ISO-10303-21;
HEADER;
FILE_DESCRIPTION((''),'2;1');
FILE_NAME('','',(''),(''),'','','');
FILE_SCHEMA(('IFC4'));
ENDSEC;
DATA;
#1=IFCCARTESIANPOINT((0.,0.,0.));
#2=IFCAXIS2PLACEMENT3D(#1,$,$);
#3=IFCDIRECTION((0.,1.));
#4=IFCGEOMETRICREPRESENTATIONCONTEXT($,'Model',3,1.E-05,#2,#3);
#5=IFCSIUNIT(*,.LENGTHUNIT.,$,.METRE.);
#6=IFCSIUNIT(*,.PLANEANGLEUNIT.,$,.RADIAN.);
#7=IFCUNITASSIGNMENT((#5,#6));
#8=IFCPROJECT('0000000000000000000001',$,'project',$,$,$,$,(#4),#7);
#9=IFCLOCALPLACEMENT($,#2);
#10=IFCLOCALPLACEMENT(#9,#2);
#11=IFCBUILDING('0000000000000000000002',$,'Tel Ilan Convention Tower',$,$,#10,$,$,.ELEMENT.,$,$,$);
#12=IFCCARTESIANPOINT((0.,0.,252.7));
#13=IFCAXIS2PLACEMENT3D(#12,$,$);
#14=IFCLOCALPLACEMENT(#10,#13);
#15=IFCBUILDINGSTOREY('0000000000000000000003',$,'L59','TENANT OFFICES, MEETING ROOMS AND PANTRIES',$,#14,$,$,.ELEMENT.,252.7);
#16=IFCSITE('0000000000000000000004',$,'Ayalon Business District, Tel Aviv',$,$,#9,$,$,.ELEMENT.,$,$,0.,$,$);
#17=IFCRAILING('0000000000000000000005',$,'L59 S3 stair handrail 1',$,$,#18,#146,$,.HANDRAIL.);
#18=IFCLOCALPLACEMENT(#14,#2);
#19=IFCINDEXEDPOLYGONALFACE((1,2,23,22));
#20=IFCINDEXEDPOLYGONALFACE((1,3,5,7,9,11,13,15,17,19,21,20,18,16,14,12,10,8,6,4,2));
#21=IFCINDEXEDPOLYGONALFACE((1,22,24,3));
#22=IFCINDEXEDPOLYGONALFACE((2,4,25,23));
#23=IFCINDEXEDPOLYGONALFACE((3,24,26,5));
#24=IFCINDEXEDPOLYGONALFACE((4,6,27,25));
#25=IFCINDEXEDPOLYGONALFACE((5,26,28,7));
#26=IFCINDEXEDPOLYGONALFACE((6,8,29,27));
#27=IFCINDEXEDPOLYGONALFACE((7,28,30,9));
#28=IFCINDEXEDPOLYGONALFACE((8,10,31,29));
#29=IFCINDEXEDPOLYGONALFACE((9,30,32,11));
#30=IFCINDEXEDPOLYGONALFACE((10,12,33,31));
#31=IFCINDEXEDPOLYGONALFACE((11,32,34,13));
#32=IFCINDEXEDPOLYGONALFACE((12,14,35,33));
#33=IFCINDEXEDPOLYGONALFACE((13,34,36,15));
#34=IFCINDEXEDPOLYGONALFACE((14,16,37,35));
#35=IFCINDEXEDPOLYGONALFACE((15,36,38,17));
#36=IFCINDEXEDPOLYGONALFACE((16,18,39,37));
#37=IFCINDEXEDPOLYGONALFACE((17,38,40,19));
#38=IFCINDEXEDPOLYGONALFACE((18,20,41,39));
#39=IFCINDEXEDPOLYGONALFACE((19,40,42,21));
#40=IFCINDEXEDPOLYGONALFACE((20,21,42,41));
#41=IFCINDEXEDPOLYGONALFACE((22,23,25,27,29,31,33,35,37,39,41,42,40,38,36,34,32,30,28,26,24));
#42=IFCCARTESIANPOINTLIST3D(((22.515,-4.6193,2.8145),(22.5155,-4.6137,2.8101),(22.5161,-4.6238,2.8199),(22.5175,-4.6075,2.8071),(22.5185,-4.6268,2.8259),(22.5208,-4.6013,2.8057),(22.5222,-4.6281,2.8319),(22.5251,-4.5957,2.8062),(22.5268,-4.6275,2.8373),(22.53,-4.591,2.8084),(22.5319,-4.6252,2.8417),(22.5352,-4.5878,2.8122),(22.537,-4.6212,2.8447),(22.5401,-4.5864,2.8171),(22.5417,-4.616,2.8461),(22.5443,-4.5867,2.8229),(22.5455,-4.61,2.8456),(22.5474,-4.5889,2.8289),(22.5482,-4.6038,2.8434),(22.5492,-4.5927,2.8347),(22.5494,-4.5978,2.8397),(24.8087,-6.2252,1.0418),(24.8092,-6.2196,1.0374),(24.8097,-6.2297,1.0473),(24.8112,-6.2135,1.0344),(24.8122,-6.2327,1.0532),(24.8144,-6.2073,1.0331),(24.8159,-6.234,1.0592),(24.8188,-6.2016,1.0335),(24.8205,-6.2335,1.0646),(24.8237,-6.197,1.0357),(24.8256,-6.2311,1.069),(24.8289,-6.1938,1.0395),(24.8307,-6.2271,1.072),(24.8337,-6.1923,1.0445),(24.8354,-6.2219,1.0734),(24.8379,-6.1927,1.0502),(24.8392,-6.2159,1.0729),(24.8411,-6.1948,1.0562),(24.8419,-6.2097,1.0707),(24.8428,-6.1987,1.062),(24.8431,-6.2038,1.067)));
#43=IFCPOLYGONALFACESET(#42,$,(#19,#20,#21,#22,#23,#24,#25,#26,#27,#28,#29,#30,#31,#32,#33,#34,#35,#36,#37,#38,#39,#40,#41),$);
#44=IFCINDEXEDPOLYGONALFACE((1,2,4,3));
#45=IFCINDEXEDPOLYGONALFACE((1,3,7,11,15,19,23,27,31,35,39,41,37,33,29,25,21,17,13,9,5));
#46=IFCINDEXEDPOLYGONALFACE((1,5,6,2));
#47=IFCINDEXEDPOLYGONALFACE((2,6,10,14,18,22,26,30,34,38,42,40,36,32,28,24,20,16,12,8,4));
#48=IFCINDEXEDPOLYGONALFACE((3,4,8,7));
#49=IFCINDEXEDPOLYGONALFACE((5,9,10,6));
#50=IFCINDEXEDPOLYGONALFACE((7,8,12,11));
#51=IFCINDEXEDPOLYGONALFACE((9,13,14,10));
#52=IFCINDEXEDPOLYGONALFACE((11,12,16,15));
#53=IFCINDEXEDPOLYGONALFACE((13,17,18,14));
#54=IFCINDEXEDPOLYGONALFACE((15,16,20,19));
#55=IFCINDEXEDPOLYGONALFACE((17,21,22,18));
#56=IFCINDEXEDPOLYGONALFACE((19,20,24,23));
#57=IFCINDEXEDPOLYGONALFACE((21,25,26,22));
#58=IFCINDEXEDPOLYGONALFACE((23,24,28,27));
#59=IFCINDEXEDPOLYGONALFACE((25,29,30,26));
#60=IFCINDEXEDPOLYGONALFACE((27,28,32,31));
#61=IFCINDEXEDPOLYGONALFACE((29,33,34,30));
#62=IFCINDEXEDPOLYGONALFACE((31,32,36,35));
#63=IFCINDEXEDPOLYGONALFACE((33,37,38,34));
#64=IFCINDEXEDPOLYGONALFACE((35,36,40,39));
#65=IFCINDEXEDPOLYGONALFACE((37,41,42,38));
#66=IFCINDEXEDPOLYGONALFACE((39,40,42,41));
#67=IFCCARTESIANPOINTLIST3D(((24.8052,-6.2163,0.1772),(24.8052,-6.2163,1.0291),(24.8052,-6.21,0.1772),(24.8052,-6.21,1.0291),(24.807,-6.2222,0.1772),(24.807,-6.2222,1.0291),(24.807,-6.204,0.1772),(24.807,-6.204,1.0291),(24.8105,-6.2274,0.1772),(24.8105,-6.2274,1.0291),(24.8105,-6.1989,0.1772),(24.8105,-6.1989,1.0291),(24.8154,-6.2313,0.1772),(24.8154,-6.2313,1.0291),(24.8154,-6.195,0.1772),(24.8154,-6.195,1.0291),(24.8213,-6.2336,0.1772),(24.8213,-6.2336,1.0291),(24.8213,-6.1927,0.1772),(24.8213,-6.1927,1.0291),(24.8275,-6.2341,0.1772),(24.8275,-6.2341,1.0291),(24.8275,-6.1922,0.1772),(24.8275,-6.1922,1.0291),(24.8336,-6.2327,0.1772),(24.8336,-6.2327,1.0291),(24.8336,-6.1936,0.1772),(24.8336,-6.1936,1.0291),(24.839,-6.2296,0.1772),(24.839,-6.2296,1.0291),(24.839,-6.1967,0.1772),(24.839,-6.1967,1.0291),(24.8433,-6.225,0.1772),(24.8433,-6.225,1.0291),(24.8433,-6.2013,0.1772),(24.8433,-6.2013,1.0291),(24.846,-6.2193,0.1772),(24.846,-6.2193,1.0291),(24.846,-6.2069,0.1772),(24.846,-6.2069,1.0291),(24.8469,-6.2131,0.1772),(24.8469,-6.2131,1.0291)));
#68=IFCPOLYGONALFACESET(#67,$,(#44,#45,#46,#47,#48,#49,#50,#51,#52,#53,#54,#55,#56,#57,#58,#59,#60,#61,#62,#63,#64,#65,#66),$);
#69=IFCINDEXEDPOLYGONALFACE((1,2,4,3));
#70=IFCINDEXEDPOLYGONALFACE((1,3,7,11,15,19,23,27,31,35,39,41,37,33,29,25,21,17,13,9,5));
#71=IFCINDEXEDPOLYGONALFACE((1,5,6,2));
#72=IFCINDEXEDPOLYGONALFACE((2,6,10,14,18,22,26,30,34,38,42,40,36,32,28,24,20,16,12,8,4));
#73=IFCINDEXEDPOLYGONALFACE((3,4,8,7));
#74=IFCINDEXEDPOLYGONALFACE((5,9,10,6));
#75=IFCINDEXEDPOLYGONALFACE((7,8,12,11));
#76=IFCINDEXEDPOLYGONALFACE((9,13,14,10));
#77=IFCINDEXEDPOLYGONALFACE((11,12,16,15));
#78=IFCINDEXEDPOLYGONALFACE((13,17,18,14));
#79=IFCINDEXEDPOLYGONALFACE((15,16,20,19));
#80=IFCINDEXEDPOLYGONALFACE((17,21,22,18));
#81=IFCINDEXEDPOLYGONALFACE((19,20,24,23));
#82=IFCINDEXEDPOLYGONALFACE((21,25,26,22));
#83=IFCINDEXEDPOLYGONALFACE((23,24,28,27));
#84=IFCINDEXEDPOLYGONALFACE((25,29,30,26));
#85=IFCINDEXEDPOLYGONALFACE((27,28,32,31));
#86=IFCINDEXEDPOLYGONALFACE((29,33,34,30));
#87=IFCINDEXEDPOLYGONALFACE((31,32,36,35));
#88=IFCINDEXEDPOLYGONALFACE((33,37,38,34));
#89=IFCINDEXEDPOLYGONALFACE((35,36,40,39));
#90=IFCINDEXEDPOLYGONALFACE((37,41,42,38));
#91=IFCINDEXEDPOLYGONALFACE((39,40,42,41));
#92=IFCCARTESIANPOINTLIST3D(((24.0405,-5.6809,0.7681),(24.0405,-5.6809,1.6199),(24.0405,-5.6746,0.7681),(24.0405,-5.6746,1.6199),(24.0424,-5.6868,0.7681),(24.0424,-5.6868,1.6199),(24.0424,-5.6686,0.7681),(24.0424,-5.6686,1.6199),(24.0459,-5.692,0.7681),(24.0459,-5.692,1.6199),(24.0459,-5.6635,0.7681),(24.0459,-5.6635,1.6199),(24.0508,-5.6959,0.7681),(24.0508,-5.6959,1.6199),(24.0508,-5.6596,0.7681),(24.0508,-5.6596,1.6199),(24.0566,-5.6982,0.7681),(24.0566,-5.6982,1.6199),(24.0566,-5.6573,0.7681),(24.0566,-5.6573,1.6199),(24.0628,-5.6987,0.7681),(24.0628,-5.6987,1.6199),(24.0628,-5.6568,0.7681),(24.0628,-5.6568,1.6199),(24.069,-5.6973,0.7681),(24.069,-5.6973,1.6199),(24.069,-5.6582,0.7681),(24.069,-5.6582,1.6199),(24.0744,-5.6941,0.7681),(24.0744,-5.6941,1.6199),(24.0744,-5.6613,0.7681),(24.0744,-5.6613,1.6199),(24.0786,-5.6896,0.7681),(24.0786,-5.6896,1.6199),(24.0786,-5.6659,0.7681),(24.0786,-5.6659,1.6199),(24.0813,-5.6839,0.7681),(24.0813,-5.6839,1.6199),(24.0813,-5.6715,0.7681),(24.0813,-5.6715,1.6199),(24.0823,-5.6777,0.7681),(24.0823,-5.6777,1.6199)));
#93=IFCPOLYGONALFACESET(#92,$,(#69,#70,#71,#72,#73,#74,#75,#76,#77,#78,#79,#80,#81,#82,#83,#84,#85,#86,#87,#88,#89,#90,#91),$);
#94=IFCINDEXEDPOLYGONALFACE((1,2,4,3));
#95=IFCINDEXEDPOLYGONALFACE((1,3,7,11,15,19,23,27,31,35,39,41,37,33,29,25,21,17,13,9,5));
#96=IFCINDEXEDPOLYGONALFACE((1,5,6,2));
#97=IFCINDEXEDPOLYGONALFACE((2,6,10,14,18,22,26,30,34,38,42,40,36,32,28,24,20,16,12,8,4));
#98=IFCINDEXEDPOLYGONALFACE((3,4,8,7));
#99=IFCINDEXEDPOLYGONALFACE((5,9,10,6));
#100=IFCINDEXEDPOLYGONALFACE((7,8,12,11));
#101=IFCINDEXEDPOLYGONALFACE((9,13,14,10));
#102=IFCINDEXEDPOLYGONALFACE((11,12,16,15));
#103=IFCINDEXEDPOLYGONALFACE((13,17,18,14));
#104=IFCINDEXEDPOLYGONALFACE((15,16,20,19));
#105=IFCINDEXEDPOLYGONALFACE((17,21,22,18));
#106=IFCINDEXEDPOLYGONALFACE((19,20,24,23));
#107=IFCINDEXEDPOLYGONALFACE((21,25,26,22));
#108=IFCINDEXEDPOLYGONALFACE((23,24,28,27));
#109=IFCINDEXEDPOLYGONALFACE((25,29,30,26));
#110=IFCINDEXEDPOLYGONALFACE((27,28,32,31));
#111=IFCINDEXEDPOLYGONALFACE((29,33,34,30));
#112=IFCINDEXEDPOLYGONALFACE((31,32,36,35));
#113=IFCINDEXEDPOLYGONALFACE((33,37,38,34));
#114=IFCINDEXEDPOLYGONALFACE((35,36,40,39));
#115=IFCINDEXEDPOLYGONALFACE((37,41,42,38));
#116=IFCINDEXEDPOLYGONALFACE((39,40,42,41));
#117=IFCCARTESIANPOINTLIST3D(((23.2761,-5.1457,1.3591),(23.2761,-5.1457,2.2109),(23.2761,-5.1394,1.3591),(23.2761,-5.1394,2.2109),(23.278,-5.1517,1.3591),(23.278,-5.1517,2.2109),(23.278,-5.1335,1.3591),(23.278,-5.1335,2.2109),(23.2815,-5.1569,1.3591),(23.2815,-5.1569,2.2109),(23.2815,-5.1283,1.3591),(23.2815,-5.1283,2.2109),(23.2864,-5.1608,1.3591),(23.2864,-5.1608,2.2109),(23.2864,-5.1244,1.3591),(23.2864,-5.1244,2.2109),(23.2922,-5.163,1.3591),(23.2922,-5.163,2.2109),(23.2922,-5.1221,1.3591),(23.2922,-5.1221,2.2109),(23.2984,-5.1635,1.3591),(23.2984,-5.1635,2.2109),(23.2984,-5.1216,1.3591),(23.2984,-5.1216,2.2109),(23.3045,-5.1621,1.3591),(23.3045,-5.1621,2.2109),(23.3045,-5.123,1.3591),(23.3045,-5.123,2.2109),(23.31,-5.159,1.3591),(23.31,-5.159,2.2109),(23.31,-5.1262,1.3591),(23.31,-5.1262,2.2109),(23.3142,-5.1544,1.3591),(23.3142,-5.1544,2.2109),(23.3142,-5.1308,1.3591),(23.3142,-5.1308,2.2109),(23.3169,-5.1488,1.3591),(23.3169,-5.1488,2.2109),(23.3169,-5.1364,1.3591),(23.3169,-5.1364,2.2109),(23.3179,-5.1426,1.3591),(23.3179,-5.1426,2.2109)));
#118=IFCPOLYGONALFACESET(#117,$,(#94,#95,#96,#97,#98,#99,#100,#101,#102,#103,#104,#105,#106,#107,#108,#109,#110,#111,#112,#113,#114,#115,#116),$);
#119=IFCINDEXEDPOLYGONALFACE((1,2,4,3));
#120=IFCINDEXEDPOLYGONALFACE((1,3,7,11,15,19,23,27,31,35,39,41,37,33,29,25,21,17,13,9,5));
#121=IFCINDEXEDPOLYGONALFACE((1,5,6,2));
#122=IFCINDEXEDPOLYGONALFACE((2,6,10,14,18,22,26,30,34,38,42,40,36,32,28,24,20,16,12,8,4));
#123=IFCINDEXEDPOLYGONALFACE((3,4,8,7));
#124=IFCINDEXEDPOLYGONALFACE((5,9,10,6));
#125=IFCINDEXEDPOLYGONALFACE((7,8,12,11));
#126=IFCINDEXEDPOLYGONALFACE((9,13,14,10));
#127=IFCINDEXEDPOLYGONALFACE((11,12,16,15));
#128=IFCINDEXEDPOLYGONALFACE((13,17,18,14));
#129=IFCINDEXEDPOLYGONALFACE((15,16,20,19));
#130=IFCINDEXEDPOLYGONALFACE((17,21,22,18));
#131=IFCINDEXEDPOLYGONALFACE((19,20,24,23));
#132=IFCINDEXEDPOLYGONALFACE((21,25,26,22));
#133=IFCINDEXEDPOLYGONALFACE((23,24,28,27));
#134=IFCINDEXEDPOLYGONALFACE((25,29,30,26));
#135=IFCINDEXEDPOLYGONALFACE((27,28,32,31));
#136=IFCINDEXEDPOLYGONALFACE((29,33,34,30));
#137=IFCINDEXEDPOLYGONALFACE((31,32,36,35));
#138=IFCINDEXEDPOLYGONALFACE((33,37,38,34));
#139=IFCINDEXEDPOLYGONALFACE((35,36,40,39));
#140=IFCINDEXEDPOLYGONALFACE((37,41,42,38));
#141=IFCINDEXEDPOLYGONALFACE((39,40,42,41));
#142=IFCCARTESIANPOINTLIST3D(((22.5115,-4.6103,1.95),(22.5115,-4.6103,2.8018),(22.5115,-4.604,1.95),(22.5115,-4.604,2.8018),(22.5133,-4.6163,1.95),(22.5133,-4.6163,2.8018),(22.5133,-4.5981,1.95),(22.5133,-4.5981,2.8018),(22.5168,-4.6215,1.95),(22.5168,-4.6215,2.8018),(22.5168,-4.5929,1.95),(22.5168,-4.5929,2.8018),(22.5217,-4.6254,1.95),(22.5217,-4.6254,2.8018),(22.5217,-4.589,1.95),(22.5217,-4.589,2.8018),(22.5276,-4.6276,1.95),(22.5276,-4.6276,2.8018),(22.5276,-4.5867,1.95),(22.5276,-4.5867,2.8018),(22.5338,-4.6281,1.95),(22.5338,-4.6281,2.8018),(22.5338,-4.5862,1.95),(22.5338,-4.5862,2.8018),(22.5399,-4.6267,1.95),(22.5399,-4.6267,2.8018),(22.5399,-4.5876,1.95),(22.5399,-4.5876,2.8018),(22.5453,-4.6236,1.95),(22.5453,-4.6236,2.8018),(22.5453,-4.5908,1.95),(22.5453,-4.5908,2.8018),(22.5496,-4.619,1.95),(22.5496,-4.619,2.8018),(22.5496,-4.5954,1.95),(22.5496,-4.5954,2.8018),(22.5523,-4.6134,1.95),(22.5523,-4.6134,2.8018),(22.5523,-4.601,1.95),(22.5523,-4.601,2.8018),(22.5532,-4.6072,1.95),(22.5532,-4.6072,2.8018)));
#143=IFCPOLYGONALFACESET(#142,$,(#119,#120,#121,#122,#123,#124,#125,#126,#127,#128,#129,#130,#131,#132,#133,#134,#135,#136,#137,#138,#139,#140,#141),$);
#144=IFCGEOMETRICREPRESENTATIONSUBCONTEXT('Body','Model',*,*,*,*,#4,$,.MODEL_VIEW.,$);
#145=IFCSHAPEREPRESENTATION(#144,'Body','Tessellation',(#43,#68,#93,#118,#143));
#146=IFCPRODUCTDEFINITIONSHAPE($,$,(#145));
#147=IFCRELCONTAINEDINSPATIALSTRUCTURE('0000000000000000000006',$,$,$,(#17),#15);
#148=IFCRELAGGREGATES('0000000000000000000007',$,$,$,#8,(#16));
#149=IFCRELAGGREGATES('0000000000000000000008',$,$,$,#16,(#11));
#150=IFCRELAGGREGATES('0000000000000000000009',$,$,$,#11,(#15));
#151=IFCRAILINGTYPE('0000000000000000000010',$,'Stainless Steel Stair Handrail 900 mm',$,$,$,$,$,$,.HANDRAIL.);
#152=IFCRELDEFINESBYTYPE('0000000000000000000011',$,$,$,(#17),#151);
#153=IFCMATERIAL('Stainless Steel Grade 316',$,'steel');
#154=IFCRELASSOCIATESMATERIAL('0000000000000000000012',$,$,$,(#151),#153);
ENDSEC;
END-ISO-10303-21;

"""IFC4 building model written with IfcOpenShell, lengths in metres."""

from ifc_helpers import new_model, si_unit, direction, frame, origin, origin_2d, place, context, subcontext, project, spatial, circle, extrude, material, type_object, element, save


model = new_model("IFC4")

# Units and contexts
model_context = context("Model", 3, precision=1e-05, world=origin(), true_north=direction((0.0, 1.0)))
body_context = subcontext(model_context, "Body", "Model", "MODEL_VIEW")
ifc_project = project(units=[si_unit("LENGTHUNIT", "METRE"), si_unit("PLANEANGLEUNIT", "RADIAN")], contexts=[model_context])

# Site, building, storey
site_placement = place(None, origin())
site = spatial("IfcSite", under=ifc_project, at=site_placement, Name="Ayalon Business District, Tel Aviv", CompositionType="ELEMENT", RefElevation=0.0)
building_placement = place(site_placement, origin())
building = spatial("IfcBuilding", under=site, at=building_placement, Name="Tel Ilan Convention Tower", CompositionType="ELEMENT")
storey_placement = place(building_placement, frame((0.0, 0.0, 252.7)))
storey = spatial("IfcBuildingStorey", under=building, at=storey_placement, Name="L59", Description="TENANT OFFICES, MEETING ROOMS AND PANTRIES", CompositionType="ELEMENT", Elevation=252.7)

# Railing
ifc_material_1 = material(Name="Stainless Steel Grade 316", Category="steel")
railing_type_1 = type_object("IfcRailingType", Name="Stainless Steel Stair Handrail 900 mm", PredefinedType="HANDRAIL", material=ifc_material_1)
railing_1_placement = place(storey_placement, frame((24.8259, -6.2131, 0.1772)))
element("IfcRailing", 1, at=railing_1_placement, inside=storey, type_object=railing_type_1, Name="L59 S3 stair handrail 1", PredefinedType="HANDRAIL", context=body_context, shape_type="SweptSolid", body=[
    extrude(circle(Radius=0.0239, at=origin_2d()), frame((0.0, 0.0, 0.876), z_axis=(-0.692123, 0.484597, 0.534913), x_axis=(-0.57355, -0.81917, 0.0)), (0.0, 0.0, 1.0), 3.314),
    extrude(circle(Radius=0.021, at=origin_2d()), origin(), (0.0, 0.0, 1.0), 0.8518),
    extrude(circle(Radius=0.021, at=origin_2d()), frame((-0.7646, 0.5354, 0.5908)), (0.0, 0.0, 1.0), 0.8518),
    extrude(circle(Radius=0.021, at=origin_2d()), frame((-1.5291, 1.0706, 1.1819)), (0.0, 0.0, 1.0), 0.8518),
    extrude(circle(Radius=0.021, at=origin_2d()), frame((-2.2937, 1.606, 1.7727)), (0.0, 0.0, 1.0), 0.8518),
])

save(model, "model.ifc")
